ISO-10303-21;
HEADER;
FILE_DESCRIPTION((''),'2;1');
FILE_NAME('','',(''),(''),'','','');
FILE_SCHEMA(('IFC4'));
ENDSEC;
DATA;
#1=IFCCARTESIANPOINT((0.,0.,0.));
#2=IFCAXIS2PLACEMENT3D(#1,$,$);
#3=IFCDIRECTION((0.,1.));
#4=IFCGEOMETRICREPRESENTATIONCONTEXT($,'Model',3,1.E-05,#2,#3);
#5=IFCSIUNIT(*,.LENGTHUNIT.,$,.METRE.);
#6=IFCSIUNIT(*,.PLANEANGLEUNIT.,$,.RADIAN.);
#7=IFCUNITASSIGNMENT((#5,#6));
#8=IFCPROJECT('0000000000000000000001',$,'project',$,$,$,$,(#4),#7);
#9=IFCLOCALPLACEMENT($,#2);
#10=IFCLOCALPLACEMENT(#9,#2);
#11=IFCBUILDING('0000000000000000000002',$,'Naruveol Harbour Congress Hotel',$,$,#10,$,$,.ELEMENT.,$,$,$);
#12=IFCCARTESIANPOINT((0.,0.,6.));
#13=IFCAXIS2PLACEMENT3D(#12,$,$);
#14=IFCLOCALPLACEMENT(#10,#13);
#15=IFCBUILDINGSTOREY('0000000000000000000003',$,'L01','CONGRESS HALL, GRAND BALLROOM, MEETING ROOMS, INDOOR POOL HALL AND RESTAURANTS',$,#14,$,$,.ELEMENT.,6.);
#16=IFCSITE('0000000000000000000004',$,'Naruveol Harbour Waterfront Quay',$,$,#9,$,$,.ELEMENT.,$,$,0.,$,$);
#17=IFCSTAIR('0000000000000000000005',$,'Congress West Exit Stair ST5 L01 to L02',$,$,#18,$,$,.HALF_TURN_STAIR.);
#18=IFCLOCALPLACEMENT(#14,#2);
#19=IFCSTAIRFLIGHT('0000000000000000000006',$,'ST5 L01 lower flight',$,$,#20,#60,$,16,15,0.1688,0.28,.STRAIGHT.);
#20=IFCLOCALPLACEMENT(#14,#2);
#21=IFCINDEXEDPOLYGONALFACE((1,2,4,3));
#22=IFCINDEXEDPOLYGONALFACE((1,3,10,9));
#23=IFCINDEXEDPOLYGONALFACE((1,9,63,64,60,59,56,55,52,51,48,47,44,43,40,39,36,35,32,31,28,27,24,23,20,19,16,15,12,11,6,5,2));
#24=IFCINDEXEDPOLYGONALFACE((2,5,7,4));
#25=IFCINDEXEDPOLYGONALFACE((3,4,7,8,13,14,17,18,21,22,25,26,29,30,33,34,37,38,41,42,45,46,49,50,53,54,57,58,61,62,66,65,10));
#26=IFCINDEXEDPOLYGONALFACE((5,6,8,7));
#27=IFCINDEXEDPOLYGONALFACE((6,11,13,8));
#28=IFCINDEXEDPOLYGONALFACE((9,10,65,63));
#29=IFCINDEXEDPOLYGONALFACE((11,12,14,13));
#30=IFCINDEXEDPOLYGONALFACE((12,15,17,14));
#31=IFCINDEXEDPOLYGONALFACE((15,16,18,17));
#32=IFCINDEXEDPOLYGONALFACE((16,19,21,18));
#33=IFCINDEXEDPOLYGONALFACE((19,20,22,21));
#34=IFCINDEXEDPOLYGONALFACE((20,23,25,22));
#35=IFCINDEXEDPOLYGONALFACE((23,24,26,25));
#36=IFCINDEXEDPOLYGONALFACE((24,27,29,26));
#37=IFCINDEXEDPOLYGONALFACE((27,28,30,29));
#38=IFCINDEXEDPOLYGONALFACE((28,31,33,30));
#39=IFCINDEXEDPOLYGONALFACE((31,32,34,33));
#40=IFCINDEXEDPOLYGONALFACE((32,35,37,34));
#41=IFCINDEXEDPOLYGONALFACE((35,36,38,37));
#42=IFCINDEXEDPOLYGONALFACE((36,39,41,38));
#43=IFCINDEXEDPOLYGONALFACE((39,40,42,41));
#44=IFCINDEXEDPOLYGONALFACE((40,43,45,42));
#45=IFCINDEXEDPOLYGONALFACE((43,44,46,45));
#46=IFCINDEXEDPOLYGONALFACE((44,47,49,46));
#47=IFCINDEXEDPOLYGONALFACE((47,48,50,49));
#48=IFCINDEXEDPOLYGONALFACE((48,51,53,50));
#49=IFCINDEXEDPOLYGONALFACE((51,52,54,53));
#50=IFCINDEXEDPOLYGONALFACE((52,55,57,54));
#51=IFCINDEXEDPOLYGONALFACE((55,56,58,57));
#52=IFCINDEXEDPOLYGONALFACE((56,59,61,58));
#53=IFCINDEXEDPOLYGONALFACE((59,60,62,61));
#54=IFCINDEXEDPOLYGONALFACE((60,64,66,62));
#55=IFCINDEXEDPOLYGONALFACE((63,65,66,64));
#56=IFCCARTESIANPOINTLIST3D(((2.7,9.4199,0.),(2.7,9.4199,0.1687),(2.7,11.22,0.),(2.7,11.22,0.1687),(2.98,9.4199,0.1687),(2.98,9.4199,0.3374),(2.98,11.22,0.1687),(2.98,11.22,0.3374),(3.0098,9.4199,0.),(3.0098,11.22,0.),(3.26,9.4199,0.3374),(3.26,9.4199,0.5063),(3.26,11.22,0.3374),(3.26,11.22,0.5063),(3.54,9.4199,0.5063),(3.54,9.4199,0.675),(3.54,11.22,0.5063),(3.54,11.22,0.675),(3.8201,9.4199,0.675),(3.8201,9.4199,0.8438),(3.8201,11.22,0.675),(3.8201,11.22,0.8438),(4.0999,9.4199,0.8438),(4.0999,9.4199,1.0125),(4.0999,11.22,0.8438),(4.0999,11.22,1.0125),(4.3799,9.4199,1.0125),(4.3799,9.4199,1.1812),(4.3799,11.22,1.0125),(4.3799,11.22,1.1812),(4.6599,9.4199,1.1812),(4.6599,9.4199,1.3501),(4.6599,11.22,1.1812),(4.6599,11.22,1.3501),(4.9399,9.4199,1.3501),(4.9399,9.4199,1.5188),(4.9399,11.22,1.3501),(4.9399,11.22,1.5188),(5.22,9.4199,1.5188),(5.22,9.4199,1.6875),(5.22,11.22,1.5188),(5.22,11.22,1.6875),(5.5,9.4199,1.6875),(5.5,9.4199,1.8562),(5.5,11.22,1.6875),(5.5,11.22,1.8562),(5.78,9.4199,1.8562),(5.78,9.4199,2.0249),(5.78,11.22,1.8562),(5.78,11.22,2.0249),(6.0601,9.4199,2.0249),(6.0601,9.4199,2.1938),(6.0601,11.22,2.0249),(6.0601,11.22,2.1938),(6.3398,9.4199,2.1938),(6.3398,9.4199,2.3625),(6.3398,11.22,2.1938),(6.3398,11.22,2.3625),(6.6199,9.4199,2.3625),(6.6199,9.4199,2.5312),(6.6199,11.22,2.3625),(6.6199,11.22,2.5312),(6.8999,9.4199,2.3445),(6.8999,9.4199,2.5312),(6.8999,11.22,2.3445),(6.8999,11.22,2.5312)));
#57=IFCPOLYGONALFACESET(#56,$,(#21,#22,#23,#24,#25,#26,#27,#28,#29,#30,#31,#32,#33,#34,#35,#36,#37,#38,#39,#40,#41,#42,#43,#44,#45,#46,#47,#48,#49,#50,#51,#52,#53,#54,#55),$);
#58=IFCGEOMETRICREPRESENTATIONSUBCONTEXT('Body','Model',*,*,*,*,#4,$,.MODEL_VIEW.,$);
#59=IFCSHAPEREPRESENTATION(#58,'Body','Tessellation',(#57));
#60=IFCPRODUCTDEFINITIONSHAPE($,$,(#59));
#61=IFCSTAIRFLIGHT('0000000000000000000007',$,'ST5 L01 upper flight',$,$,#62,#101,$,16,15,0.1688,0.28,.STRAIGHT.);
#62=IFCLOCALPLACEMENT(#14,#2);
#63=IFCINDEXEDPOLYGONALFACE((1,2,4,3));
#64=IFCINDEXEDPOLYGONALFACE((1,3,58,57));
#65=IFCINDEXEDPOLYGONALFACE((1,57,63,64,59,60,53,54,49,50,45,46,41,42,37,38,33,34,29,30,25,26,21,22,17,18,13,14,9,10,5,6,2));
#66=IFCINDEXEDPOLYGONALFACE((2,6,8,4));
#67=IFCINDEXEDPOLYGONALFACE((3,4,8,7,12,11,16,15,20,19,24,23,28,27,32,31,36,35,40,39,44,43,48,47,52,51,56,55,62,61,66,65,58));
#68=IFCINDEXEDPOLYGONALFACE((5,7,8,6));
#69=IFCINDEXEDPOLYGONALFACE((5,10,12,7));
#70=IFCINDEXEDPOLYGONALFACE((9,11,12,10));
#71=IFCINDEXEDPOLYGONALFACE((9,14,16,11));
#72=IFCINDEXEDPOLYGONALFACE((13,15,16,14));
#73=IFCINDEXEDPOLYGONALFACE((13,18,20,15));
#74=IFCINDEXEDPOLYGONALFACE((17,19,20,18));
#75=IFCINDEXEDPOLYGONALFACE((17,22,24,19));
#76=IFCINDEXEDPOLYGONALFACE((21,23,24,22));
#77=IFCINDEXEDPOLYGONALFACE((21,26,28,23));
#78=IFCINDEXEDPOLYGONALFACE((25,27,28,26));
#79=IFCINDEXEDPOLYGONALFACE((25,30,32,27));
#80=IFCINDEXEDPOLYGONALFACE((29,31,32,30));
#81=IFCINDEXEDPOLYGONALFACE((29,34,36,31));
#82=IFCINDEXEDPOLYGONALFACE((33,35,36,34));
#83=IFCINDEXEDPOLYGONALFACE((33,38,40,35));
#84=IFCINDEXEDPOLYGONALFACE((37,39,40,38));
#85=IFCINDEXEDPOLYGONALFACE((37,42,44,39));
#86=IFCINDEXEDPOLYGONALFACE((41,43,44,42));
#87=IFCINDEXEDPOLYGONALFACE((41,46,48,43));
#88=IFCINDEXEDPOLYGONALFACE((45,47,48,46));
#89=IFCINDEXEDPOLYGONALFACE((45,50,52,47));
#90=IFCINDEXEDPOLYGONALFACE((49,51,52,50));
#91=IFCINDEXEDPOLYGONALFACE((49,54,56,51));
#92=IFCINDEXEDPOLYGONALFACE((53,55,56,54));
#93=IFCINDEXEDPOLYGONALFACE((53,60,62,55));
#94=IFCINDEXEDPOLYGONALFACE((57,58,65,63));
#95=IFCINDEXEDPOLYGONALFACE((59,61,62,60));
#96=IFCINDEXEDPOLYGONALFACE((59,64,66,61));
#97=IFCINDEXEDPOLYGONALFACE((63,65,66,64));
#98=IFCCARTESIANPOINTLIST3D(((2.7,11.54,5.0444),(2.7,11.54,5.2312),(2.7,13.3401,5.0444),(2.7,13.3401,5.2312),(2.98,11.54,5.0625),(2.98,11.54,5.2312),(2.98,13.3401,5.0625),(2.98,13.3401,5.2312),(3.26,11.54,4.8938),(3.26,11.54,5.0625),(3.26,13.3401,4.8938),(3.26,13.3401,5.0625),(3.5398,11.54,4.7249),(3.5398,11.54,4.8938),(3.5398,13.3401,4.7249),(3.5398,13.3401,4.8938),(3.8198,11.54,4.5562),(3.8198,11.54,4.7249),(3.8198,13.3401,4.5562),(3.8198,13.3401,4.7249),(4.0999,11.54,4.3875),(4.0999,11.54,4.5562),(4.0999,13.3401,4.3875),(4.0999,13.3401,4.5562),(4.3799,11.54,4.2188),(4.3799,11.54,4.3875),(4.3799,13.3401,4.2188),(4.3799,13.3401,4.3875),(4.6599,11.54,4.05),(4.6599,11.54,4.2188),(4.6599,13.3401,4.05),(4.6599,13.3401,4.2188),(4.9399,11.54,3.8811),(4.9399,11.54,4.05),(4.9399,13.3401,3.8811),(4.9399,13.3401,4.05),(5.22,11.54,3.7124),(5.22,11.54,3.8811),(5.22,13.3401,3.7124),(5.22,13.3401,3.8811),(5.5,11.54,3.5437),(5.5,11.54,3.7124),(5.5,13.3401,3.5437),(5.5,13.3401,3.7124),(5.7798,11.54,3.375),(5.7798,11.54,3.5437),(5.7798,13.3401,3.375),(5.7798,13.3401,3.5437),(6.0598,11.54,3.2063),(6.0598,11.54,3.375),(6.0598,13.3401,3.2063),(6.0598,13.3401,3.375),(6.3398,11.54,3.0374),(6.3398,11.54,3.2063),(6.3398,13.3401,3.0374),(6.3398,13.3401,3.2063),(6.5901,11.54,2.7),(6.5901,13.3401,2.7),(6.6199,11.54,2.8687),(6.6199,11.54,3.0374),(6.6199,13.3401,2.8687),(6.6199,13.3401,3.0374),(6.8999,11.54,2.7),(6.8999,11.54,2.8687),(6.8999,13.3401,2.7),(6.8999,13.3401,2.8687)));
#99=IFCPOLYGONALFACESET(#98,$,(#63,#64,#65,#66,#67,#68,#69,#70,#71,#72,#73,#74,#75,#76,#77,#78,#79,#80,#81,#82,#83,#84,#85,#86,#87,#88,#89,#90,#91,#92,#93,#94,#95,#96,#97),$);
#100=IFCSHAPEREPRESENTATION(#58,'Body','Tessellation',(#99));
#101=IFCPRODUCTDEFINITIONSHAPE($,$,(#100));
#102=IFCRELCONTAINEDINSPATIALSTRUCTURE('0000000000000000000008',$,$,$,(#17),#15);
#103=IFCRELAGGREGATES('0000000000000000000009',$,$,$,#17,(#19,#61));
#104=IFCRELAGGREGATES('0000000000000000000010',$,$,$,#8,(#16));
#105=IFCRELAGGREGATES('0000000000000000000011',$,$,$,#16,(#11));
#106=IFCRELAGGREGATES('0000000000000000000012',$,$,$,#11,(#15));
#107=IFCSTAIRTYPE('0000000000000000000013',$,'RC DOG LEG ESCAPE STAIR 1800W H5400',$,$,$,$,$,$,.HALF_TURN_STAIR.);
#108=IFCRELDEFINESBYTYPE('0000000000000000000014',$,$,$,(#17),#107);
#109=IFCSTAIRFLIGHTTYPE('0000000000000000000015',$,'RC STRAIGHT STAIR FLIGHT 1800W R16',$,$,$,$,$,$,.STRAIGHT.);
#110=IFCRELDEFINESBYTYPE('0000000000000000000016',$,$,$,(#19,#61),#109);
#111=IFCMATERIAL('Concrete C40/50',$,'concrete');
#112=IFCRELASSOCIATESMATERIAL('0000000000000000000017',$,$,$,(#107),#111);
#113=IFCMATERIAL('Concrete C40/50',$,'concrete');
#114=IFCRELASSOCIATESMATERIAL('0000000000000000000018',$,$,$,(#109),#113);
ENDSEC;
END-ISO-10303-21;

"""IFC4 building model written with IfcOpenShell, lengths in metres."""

from ifc_helpers import new_model, si_unit, direction, frame, origin, place, context, subcontext, project, spatial, polyline, outline, extrude, material, type_object, element, aggregate, save


model = new_model("IFC4")

# Units and contexts
model_context = context("Model", 3, precision=1e-05, world=origin(), true_north=direction((0.0, 1.0)))
body_context = subcontext(model_context, "Body", "Model", "MODEL_VIEW")
ifc_project = project(units=[si_unit("LENGTHUNIT", "METRE"), si_unit("PLANEANGLEUNIT", "RADIAN")], contexts=[model_context])

# Site, building, storey
site_placement = place(None, origin())
site = spatial("IfcSite", under=ifc_project, at=site_placement, Name="Naruveol Harbour Waterfront Quay", CompositionType="ELEMENT", RefElevation=0.0)
building_placement = place(site_placement, origin())
building = spatial("IfcBuilding", under=site, at=building_placement, Name="Naruveol Harbour Congress Hotel", CompositionType="ELEMENT")
storey_placement = place(building_placement, frame((0.0, 0.0, 6.0)))
storey = spatial("IfcBuildingStorey", under=building, at=storey_placement, Name="L01", Description="CONGRESS HALL, GRAND BALLROOM, MEETING ROOMS, INDOOR POOL HALL AND RESTAURANTS", CompositionType="ELEMENT", Elevation=6.0)

# Stair, stair flights
ifc_material_1 = material(Name="Concrete C40/50", Category="concrete")
stair_type = type_object("IfcStairType", Name="RC DOG LEG ESCAPE STAIR 1800W H5400", PredefinedType="HALF_TURN_STAIR", material=ifc_material_1)
stair_placement = place(storey_placement, origin())
stair = element("IfcStair", 1, at=stair_placement, inside=storey, type_object=stair_type, Name="Congress West Exit Stair ST5 L01 to L02", PredefinedType="HALF_TURN_STAIR")
ifc_material_2 = material(Name="Concrete C40/50", Category="concrete")
stair_flight_type = type_object("IfcStairFlightType", Name="RC STRAIGHT STAIR FLIGHT 1800W R16", PredefinedType="STRAIGHT", material=ifc_material_2)
stair_flight_1_placement = place(storey_placement, frame((2.7, 10.3201, 0.0), z_axis=(0.0, 0.0, 1.0), x_axis=(1.0, 0.0, 0.0)))
stair_flight_1 = element("IfcStairFlight", 2, at=stair_flight_1_placement, type_object=stair_flight_type, Name="ST5 L01 lower flight", NumberOfRisers=16, NumberOfTreads=15, PredefinedType="STRAIGHT", RiserHeight=0.1688, TreadLength=0.28, context=body_context, shape_type="SweptSolid", body=[
    extrude(outline(polyline([(0.0, 0.0), (0.0, 0.1687), (0.28, 0.1687), (0.28, 0.3374), (0.5601, 0.3374), (0.5601, 0.5063), (0.8401, 0.5063), (0.8401, 0.675), (1.1201, 0.675), (1.1201, 0.8438), (1.3999, 0.8438), (1.3999, 1.0125), (1.6799, 1.0125), (1.6799, 1.1812), (1.96, 1.1812), (1.96, 1.3501), (2.24, 1.3501), (2.24, 1.5188), (2.52, 1.5188), (2.52, 1.6875), (2.8, 1.6875), (2.8, 1.8562), (3.0801, 1.8562), (3.0801, 2.0249), (3.3601, 2.0249), (3.3601, 2.1938), (3.6399, 2.1938), (3.6399, 2.3625), (3.9199, 2.3625), (3.9199, 2.5312), (4.2, 2.5312), (4.2, 2.7), (4.2, 2.3445), (0.3098, 0.0), (0.0, 0.0)])), frame((0.0, 0.8999, 0.0), z_axis=(0.0, -1.0, 0.0), x_axis=(1.0, 0.0, 0.0)), (0.0, 0.0, 1.0), 1.8),
])
stair_flight_2_placement = place(storey_placement, frame((6.8999, 12.4399, 2.7), z_axis=(0.0, 0.0, 1.0), x_axis=(-1.0, 0.0, 0.0)))
stair_flight_2 = element("IfcStairFlight", 3, at=stair_flight_2_placement, type_object=stair_flight_type, Name="ST5 L01 upper flight", NumberOfRisers=16, NumberOfTreads=15, PredefinedType="STRAIGHT", RiserHeight=0.1688, TreadLength=0.28, context=body_context, shape_type="SweptSolid", body=[
    extrude(outline(polyline([(0.0, 0.0), (0.0, 0.1687), (0.28, 0.1687), (0.28, 0.3374), (0.5601, 0.3374), (0.5601, 0.5063), (0.8401, 0.5063), (0.8401, 0.675), (1.1201, 0.675), (1.1201, 0.8438), (1.3999, 0.8438), (1.3999, 1.0125), (1.6799, 1.0125), (1.6799, 1.1812), (1.96, 1.1812), (1.96, 1.3501), (2.24, 1.3501), (2.24, 1.5188), (2.52, 1.5188), (2.52, 1.6875), (2.8, 1.6875), (2.8, 1.8562), (3.0801, 1.8562), (3.0801, 2.0249), (3.3601, 2.0249), (3.3601, 2.1938), (3.6399, 2.1938), (3.6399, 2.3625), (3.9199, 2.3625), (3.9199, 2.5312), (4.2, 2.5312), (4.2, 2.7), (4.2, 2.3445), (0.3098, 0.0), (0.0, 0.0)])), frame((0.0, 0.8999, 0.0), z_axis=(0.0, -1.0, 0.0), x_axis=(1.0, 0.0, 0.0)), (0.0, 0.0, 1.0), 1.8),
])
aggregate(stair, [stair_flight_1, stair_flight_2])

save(model, "model.ifc")
